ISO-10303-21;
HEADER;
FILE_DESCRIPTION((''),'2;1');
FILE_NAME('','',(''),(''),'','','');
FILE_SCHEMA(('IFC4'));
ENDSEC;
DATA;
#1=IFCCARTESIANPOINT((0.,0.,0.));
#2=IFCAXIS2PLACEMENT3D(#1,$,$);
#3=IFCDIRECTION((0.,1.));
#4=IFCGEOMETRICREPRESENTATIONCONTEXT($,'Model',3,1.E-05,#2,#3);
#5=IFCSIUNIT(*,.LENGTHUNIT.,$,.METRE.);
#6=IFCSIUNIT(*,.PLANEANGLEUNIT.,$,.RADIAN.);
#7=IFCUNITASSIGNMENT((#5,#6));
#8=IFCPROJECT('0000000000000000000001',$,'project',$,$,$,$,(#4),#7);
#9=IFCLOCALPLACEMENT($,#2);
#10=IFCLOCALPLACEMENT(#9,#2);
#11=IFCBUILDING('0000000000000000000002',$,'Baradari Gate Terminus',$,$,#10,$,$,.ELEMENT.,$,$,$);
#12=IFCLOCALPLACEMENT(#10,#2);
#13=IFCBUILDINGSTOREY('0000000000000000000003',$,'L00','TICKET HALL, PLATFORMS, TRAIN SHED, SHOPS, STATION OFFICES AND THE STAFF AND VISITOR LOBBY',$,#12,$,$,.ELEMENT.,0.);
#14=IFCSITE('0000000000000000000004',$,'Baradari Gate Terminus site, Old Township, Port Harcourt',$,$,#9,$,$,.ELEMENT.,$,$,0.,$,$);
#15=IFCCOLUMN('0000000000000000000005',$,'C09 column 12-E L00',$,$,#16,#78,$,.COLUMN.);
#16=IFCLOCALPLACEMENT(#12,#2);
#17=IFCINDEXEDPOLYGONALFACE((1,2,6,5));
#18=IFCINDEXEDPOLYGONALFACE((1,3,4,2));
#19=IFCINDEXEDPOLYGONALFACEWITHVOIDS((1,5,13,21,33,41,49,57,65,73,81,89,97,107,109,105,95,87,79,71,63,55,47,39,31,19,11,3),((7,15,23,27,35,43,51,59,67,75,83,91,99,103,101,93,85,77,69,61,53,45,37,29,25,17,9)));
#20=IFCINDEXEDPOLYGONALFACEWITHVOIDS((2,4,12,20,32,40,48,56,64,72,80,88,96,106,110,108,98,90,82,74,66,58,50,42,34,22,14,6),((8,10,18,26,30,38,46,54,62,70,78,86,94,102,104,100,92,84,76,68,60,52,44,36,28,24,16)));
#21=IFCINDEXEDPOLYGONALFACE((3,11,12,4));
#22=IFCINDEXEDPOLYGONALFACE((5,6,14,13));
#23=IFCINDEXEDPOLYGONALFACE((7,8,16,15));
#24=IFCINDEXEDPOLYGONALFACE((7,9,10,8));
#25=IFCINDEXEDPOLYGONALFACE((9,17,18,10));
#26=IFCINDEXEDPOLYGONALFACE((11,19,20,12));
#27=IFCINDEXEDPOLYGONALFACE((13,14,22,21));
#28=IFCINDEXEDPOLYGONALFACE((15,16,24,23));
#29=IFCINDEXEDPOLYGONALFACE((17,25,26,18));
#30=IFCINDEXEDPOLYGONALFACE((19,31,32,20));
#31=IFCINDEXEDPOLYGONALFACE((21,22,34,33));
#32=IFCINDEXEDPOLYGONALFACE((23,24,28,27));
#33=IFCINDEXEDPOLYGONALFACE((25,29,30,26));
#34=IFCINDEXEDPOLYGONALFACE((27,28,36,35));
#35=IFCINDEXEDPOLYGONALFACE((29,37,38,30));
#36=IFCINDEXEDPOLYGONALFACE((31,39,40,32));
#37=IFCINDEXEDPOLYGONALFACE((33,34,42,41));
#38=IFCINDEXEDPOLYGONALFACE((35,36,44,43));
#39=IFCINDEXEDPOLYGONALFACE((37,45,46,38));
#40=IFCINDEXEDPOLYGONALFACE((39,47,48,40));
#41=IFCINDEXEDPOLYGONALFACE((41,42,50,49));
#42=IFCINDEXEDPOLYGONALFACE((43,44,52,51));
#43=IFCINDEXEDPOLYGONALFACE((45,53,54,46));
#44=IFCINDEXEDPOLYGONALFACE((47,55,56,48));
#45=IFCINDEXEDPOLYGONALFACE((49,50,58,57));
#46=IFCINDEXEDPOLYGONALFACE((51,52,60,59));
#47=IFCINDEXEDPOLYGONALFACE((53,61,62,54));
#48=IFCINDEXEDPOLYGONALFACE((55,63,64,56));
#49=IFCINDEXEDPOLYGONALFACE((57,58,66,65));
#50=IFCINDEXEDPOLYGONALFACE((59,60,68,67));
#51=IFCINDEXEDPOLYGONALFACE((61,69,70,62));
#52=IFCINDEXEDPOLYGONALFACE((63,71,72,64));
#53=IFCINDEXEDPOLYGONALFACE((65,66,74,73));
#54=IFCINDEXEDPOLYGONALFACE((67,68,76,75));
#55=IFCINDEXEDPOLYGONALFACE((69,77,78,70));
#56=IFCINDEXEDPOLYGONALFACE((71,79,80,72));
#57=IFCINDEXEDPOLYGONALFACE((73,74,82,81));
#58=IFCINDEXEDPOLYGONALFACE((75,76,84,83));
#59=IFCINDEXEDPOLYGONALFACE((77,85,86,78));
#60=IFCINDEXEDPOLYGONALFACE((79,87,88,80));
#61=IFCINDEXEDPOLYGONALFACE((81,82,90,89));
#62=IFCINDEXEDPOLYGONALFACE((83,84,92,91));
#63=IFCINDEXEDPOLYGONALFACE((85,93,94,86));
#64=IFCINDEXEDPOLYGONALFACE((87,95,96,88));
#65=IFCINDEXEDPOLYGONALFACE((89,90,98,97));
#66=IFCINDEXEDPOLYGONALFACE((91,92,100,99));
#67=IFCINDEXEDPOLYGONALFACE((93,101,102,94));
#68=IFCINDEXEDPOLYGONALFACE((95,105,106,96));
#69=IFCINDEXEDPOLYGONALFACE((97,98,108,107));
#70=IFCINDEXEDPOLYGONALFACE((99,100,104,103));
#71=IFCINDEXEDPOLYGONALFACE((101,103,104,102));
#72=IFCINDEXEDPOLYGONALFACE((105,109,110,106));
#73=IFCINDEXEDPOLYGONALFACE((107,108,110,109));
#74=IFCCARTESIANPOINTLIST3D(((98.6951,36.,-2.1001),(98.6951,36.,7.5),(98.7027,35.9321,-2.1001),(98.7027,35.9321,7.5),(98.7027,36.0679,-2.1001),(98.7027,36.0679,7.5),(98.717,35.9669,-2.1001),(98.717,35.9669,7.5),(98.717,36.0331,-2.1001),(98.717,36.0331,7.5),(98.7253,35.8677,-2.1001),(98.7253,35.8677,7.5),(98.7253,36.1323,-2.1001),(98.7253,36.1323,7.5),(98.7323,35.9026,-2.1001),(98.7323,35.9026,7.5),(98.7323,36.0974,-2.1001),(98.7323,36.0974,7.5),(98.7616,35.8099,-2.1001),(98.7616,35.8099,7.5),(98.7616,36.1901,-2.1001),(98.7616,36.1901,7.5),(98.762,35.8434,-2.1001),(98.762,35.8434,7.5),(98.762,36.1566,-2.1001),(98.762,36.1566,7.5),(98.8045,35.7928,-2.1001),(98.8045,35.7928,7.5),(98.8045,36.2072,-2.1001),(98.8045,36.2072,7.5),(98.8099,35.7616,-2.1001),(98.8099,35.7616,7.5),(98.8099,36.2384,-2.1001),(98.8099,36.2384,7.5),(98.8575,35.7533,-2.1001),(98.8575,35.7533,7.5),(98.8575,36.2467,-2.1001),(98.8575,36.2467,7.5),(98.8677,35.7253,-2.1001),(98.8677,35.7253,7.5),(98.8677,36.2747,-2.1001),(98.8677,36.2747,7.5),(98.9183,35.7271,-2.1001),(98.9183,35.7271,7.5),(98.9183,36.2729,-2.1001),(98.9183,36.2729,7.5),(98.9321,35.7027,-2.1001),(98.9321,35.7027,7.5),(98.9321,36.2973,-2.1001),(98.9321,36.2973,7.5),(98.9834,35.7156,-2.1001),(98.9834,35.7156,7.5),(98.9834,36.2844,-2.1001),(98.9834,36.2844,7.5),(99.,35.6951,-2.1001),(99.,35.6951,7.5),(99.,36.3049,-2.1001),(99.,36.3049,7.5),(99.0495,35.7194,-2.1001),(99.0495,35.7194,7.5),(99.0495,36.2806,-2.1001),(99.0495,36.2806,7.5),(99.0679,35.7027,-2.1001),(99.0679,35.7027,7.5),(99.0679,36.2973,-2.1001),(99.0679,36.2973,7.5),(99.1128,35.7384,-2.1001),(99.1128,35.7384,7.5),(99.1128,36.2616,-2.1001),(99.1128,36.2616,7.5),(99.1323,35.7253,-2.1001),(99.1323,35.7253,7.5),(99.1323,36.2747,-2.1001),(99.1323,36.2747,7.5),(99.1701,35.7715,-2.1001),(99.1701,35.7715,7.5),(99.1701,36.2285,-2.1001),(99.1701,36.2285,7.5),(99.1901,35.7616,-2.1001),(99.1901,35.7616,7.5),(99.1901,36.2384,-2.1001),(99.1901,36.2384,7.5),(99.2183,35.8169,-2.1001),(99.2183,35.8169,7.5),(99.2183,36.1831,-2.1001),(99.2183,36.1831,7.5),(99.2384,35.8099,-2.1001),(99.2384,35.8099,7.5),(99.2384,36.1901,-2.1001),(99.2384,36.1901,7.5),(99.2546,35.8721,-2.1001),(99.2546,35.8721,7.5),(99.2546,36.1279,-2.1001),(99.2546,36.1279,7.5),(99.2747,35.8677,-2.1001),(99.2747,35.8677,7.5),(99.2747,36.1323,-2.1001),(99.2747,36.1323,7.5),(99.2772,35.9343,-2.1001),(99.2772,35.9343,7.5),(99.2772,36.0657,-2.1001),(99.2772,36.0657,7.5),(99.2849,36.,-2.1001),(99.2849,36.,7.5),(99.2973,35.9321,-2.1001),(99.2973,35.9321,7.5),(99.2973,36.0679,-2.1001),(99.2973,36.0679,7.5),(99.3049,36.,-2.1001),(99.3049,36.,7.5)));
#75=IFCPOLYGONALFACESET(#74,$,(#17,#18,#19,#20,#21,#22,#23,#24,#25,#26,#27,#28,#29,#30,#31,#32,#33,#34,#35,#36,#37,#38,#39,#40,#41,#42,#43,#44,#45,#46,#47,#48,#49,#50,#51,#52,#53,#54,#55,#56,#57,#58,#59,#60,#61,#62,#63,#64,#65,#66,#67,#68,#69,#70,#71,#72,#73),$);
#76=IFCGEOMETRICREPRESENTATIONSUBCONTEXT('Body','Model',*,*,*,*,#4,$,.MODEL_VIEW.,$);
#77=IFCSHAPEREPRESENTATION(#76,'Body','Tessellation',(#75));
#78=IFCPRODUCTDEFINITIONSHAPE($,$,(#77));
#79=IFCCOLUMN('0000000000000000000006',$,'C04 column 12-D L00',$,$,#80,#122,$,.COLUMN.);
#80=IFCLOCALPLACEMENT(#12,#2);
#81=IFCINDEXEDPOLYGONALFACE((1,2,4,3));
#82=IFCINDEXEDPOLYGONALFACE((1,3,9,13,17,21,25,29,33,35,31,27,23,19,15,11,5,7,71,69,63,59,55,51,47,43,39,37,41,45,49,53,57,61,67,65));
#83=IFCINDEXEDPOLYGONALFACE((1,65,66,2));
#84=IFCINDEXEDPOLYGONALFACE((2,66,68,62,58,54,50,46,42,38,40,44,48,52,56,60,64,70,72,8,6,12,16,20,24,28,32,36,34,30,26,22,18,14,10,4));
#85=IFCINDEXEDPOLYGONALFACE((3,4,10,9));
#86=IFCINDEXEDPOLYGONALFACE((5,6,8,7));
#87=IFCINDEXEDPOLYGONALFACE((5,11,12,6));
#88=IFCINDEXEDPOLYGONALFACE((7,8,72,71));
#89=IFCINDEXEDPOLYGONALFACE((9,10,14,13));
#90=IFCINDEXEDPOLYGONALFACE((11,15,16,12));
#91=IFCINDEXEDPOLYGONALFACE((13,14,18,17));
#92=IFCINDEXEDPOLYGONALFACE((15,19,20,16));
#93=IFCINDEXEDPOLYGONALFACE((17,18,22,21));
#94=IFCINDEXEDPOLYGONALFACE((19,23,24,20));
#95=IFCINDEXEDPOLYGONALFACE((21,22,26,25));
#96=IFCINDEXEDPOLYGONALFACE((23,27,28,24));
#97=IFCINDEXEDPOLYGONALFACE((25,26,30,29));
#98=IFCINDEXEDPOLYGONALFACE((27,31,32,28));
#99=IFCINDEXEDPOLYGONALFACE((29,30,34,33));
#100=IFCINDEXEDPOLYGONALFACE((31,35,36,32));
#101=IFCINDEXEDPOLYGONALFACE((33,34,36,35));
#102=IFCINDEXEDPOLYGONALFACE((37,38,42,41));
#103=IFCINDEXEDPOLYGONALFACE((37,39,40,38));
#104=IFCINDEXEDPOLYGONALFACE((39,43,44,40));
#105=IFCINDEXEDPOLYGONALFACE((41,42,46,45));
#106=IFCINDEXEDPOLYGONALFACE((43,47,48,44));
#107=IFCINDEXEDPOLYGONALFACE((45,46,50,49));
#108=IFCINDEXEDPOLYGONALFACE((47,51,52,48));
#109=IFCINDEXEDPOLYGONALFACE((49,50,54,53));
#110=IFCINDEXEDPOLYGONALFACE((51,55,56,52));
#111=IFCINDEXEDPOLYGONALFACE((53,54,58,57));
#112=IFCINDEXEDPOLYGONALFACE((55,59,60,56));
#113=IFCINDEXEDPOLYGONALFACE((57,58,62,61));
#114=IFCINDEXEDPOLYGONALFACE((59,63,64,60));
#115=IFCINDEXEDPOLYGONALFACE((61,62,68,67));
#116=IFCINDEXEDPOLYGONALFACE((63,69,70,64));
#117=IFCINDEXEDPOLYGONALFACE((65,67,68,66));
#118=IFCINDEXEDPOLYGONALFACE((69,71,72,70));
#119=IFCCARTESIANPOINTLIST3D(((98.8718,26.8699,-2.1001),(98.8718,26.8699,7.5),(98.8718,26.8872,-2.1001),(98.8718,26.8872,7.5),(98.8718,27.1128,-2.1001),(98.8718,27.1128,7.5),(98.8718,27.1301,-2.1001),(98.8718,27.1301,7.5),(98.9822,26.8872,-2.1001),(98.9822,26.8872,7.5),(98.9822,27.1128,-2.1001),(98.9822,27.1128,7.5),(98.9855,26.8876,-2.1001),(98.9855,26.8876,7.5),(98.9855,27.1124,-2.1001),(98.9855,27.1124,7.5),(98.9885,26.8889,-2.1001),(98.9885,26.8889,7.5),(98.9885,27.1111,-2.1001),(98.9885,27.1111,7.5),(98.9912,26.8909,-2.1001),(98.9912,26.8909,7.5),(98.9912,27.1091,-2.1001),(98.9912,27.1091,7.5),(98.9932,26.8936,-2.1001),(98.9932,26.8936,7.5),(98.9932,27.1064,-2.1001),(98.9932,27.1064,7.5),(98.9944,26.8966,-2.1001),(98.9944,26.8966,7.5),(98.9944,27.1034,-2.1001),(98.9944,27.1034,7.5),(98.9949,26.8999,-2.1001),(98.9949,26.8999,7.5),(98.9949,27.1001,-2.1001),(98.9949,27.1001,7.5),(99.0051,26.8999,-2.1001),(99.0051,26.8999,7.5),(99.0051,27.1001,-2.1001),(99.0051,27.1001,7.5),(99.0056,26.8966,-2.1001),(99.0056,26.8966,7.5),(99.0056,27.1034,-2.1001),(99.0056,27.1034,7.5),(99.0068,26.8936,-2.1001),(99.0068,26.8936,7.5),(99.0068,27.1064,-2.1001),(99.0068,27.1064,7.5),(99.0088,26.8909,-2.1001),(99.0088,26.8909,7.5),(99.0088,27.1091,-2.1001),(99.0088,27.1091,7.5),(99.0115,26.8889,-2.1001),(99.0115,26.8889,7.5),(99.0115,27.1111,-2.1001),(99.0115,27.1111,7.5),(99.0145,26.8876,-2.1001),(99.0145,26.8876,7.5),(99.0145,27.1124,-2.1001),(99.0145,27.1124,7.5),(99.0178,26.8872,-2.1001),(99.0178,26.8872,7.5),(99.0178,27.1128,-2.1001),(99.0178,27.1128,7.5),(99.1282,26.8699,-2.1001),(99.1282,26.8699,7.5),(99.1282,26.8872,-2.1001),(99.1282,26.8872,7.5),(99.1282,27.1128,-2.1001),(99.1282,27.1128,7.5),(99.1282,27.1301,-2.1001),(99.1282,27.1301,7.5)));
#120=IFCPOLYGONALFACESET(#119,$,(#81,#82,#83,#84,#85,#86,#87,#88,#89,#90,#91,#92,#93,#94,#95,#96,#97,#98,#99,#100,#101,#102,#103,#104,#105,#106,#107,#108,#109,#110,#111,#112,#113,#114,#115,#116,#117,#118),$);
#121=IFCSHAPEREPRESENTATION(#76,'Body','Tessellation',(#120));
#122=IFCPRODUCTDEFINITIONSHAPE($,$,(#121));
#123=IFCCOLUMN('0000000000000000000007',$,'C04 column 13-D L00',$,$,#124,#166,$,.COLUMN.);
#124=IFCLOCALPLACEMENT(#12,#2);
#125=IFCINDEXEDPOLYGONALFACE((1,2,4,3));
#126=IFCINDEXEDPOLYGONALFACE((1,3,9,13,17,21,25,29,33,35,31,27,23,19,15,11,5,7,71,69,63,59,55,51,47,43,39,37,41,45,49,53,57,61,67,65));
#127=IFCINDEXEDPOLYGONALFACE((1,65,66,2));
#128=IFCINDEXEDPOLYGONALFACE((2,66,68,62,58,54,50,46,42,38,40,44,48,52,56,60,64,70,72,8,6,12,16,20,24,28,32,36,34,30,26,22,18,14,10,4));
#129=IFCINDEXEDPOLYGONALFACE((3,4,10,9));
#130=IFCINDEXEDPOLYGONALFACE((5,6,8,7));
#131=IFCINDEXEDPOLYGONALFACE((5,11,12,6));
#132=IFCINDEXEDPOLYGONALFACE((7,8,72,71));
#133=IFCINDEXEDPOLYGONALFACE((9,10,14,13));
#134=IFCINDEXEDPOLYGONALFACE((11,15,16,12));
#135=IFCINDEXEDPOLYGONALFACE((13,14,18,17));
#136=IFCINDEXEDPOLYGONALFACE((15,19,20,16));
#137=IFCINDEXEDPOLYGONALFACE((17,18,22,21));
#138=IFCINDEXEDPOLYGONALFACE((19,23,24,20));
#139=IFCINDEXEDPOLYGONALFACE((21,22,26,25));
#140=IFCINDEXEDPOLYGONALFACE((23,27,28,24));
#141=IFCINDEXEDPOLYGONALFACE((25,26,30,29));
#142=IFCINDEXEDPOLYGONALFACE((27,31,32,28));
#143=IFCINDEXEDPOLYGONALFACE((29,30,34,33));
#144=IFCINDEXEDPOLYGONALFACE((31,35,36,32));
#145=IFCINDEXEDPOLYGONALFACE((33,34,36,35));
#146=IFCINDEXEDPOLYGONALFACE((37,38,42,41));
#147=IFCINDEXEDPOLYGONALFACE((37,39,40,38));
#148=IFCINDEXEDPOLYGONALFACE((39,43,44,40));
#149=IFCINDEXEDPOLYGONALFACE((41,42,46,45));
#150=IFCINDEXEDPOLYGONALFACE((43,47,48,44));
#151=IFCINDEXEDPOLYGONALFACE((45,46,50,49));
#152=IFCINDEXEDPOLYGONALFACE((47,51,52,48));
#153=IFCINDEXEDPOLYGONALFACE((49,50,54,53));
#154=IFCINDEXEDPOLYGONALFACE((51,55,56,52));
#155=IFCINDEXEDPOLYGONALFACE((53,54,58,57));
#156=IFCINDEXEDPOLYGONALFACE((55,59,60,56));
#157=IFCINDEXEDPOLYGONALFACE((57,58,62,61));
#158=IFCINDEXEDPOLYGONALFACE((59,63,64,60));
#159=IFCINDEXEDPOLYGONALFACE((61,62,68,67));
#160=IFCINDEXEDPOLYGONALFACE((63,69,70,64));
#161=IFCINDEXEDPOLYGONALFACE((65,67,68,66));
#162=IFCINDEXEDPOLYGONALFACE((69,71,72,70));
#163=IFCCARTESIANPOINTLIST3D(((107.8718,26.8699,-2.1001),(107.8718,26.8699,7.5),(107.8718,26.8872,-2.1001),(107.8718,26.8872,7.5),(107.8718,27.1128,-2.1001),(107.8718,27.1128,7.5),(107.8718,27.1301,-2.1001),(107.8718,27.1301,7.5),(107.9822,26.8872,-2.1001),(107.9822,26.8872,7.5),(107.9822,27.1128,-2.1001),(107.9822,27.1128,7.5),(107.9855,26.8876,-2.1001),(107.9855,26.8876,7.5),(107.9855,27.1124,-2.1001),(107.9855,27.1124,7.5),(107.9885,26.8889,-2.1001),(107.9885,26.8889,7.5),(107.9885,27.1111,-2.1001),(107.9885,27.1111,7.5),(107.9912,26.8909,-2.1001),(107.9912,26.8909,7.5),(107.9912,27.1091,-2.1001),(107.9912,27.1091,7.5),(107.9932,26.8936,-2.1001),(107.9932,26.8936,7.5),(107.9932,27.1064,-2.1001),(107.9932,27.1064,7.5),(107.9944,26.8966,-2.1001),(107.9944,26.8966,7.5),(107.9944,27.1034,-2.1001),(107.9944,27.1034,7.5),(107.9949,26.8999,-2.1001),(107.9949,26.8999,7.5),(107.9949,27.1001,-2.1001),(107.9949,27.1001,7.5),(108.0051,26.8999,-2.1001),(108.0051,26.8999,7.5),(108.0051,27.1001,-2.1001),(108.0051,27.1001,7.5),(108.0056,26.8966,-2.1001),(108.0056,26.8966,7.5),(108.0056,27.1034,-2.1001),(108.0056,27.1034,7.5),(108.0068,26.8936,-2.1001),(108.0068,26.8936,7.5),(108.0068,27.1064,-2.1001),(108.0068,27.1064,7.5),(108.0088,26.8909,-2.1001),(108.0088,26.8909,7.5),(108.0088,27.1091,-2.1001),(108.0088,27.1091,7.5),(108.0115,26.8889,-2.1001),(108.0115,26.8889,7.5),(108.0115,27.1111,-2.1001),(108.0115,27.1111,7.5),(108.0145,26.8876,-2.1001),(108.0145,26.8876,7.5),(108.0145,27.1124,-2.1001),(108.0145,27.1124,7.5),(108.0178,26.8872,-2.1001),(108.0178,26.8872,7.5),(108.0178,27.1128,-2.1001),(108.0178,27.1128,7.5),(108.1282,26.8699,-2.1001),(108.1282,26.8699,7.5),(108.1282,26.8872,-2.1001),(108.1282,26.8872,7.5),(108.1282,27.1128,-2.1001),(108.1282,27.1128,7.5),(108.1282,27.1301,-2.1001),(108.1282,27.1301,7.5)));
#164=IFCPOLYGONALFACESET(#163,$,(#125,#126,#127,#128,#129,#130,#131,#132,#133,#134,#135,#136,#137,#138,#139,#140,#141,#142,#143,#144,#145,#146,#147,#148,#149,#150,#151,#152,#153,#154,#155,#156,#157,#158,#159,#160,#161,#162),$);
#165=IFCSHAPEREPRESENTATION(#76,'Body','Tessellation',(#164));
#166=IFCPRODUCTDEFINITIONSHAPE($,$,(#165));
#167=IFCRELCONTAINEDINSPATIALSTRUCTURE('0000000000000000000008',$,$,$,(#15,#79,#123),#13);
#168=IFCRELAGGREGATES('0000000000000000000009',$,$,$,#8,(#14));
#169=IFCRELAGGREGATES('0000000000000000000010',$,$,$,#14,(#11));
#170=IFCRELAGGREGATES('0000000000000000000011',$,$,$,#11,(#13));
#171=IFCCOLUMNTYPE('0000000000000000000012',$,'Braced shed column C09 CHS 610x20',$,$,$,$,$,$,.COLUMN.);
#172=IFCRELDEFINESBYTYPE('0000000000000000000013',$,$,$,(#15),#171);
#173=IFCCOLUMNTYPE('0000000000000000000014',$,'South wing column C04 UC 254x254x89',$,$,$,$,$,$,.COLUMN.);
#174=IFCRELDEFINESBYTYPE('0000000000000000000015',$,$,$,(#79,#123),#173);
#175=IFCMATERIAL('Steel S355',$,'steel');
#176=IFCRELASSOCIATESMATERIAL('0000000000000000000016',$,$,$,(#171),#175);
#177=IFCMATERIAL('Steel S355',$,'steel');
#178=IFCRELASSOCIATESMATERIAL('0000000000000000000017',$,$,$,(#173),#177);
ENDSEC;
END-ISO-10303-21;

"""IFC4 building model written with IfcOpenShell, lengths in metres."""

from ifc_helpers import new_model, si_unit, direction, frame, origin, origin_2d, place, context, subcontext, project, spatial, hollow_circle, i_section, extrude, material, material_profile, profile_set, type_object, element, save


model = new_model("IFC4")

# Units and contexts
model_context = context("Model", 3, precision=1e-05, world=origin(), true_north=direction((0.0, 1.0)))
body_context = subcontext(model_context, "Body", "Model", "MODEL_VIEW")
ifc_project = project(units=[si_unit("LENGTHUNIT", "METRE"), si_unit("PLANEANGLEUNIT", "RADIAN")], contexts=[model_context])

# Site, building, storey
site_placement = place(None, origin())
site = spatial("IfcSite", under=ifc_project, at=site_placement, Name="Baradari Gate Terminus site, Old Township, Port Harcourt", CompositionType="ELEMENT", RefElevation=0.0)
building_placement = place(site_placement, origin())
building = spatial("IfcBuilding", under=site, at=building_placement, Name="Baradari Gate Terminus", CompositionType="ELEMENT")
storey_placement = place(building_placement, origin())
storey = spatial("IfcBuildingStorey", under=building, at=storey_placement, Name="L00", Description="TICKET HALL, PLATFORMS, TRAIN SHED, SHOPS, STATION OFFICES AND THE STAFF AND VISITOR LOBBY", CompositionType="ELEMENT", Elevation=0.0)

# Columns
ifc_material_1 = material(Name="Steel S355", Category="steel")
ifc_material_profile_1 = material_profile(ifc_material_1, hollow_circle(Radius=0.3049, WallThickness=0.02, at=origin_2d()), Name="CHS 610x20")
ifc_profile_set_1 = profile_set([ifc_material_profile_1], Name="Steel S355")
column_type_1 = type_object("IfcColumnType", Name="Braced shed column C09 CHS 610x20", PredefinedType="COLUMN", material=ifc_profile_set_1)
column_placement = place(storey_placement, frame((99.0, 36.0, -2.1001), z_axis=(0.0, 0.0, 1.0), x_axis=(1.0, 0.0, 0.0)))
element("IfcColumn", 1, at=column_placement, inside=storey, type_object=column_type_1, Name="C09 column 12-E L00", PredefinedType="COLUMN", context=body_context, shape_type="SweptSolid", body=[
    extrude(hollow_circle(Radius=0.3049, WallThickness=0.02, at=origin_2d()), origin(), (0.0, 0.0, 1.0), 9.6001),
])
ifc_material_2 = material(Name="Steel S355", Category="steel")
ifc_material_profile_2 = material_profile(ifc_material_2, i_section(OverallWidth=0.2563, OverallDepth=0.2603, WebThickness=0.0103, FlangeThickness=0.0173, FilletRadius=0.0127, at=origin_2d()), Name="UC 254x254x89")
ifc_profile_set_2 = profile_set([ifc_material_profile_2], Name="Steel S355")
column_type_2 = type_object("IfcColumnType", Name="South wing column C04 UC 254x254x89", PredefinedType="COLUMN", material=ifc_profile_set_2)
for number, where, z_axis, x_axis, name in (
    (2, (99.0, 27.0, -2.1001), (0.0, 0.0, 1.0), (1.0, 0.0, 0.0), "C04 column 12-D L00"),
    (3, (108.0, 27.0, -2.1001), (0.0, 0.0, 1.0), (1.0, 0.0, 0.0), "C04 column 13-D L00"),
):
    element("IfcColumn", number, at=place(storey_placement, frame(where, z_axis=z_axis, x_axis=x_axis)), inside=storey, type_object=column_type_2, Name=name, PredefinedType="COLUMN", context=body_context, shape_type="SweptSolid", body=[
        extrude(i_section(OverallWidth=0.2563, OverallDepth=0.2603, WebThickness=0.0103, FlangeThickness=0.0173, FilletRadius=0.0127, at=origin_2d()), origin(), (0.0, 0.0, 1.0), 9.6001),
    ])

save(model, "model.ifc")
